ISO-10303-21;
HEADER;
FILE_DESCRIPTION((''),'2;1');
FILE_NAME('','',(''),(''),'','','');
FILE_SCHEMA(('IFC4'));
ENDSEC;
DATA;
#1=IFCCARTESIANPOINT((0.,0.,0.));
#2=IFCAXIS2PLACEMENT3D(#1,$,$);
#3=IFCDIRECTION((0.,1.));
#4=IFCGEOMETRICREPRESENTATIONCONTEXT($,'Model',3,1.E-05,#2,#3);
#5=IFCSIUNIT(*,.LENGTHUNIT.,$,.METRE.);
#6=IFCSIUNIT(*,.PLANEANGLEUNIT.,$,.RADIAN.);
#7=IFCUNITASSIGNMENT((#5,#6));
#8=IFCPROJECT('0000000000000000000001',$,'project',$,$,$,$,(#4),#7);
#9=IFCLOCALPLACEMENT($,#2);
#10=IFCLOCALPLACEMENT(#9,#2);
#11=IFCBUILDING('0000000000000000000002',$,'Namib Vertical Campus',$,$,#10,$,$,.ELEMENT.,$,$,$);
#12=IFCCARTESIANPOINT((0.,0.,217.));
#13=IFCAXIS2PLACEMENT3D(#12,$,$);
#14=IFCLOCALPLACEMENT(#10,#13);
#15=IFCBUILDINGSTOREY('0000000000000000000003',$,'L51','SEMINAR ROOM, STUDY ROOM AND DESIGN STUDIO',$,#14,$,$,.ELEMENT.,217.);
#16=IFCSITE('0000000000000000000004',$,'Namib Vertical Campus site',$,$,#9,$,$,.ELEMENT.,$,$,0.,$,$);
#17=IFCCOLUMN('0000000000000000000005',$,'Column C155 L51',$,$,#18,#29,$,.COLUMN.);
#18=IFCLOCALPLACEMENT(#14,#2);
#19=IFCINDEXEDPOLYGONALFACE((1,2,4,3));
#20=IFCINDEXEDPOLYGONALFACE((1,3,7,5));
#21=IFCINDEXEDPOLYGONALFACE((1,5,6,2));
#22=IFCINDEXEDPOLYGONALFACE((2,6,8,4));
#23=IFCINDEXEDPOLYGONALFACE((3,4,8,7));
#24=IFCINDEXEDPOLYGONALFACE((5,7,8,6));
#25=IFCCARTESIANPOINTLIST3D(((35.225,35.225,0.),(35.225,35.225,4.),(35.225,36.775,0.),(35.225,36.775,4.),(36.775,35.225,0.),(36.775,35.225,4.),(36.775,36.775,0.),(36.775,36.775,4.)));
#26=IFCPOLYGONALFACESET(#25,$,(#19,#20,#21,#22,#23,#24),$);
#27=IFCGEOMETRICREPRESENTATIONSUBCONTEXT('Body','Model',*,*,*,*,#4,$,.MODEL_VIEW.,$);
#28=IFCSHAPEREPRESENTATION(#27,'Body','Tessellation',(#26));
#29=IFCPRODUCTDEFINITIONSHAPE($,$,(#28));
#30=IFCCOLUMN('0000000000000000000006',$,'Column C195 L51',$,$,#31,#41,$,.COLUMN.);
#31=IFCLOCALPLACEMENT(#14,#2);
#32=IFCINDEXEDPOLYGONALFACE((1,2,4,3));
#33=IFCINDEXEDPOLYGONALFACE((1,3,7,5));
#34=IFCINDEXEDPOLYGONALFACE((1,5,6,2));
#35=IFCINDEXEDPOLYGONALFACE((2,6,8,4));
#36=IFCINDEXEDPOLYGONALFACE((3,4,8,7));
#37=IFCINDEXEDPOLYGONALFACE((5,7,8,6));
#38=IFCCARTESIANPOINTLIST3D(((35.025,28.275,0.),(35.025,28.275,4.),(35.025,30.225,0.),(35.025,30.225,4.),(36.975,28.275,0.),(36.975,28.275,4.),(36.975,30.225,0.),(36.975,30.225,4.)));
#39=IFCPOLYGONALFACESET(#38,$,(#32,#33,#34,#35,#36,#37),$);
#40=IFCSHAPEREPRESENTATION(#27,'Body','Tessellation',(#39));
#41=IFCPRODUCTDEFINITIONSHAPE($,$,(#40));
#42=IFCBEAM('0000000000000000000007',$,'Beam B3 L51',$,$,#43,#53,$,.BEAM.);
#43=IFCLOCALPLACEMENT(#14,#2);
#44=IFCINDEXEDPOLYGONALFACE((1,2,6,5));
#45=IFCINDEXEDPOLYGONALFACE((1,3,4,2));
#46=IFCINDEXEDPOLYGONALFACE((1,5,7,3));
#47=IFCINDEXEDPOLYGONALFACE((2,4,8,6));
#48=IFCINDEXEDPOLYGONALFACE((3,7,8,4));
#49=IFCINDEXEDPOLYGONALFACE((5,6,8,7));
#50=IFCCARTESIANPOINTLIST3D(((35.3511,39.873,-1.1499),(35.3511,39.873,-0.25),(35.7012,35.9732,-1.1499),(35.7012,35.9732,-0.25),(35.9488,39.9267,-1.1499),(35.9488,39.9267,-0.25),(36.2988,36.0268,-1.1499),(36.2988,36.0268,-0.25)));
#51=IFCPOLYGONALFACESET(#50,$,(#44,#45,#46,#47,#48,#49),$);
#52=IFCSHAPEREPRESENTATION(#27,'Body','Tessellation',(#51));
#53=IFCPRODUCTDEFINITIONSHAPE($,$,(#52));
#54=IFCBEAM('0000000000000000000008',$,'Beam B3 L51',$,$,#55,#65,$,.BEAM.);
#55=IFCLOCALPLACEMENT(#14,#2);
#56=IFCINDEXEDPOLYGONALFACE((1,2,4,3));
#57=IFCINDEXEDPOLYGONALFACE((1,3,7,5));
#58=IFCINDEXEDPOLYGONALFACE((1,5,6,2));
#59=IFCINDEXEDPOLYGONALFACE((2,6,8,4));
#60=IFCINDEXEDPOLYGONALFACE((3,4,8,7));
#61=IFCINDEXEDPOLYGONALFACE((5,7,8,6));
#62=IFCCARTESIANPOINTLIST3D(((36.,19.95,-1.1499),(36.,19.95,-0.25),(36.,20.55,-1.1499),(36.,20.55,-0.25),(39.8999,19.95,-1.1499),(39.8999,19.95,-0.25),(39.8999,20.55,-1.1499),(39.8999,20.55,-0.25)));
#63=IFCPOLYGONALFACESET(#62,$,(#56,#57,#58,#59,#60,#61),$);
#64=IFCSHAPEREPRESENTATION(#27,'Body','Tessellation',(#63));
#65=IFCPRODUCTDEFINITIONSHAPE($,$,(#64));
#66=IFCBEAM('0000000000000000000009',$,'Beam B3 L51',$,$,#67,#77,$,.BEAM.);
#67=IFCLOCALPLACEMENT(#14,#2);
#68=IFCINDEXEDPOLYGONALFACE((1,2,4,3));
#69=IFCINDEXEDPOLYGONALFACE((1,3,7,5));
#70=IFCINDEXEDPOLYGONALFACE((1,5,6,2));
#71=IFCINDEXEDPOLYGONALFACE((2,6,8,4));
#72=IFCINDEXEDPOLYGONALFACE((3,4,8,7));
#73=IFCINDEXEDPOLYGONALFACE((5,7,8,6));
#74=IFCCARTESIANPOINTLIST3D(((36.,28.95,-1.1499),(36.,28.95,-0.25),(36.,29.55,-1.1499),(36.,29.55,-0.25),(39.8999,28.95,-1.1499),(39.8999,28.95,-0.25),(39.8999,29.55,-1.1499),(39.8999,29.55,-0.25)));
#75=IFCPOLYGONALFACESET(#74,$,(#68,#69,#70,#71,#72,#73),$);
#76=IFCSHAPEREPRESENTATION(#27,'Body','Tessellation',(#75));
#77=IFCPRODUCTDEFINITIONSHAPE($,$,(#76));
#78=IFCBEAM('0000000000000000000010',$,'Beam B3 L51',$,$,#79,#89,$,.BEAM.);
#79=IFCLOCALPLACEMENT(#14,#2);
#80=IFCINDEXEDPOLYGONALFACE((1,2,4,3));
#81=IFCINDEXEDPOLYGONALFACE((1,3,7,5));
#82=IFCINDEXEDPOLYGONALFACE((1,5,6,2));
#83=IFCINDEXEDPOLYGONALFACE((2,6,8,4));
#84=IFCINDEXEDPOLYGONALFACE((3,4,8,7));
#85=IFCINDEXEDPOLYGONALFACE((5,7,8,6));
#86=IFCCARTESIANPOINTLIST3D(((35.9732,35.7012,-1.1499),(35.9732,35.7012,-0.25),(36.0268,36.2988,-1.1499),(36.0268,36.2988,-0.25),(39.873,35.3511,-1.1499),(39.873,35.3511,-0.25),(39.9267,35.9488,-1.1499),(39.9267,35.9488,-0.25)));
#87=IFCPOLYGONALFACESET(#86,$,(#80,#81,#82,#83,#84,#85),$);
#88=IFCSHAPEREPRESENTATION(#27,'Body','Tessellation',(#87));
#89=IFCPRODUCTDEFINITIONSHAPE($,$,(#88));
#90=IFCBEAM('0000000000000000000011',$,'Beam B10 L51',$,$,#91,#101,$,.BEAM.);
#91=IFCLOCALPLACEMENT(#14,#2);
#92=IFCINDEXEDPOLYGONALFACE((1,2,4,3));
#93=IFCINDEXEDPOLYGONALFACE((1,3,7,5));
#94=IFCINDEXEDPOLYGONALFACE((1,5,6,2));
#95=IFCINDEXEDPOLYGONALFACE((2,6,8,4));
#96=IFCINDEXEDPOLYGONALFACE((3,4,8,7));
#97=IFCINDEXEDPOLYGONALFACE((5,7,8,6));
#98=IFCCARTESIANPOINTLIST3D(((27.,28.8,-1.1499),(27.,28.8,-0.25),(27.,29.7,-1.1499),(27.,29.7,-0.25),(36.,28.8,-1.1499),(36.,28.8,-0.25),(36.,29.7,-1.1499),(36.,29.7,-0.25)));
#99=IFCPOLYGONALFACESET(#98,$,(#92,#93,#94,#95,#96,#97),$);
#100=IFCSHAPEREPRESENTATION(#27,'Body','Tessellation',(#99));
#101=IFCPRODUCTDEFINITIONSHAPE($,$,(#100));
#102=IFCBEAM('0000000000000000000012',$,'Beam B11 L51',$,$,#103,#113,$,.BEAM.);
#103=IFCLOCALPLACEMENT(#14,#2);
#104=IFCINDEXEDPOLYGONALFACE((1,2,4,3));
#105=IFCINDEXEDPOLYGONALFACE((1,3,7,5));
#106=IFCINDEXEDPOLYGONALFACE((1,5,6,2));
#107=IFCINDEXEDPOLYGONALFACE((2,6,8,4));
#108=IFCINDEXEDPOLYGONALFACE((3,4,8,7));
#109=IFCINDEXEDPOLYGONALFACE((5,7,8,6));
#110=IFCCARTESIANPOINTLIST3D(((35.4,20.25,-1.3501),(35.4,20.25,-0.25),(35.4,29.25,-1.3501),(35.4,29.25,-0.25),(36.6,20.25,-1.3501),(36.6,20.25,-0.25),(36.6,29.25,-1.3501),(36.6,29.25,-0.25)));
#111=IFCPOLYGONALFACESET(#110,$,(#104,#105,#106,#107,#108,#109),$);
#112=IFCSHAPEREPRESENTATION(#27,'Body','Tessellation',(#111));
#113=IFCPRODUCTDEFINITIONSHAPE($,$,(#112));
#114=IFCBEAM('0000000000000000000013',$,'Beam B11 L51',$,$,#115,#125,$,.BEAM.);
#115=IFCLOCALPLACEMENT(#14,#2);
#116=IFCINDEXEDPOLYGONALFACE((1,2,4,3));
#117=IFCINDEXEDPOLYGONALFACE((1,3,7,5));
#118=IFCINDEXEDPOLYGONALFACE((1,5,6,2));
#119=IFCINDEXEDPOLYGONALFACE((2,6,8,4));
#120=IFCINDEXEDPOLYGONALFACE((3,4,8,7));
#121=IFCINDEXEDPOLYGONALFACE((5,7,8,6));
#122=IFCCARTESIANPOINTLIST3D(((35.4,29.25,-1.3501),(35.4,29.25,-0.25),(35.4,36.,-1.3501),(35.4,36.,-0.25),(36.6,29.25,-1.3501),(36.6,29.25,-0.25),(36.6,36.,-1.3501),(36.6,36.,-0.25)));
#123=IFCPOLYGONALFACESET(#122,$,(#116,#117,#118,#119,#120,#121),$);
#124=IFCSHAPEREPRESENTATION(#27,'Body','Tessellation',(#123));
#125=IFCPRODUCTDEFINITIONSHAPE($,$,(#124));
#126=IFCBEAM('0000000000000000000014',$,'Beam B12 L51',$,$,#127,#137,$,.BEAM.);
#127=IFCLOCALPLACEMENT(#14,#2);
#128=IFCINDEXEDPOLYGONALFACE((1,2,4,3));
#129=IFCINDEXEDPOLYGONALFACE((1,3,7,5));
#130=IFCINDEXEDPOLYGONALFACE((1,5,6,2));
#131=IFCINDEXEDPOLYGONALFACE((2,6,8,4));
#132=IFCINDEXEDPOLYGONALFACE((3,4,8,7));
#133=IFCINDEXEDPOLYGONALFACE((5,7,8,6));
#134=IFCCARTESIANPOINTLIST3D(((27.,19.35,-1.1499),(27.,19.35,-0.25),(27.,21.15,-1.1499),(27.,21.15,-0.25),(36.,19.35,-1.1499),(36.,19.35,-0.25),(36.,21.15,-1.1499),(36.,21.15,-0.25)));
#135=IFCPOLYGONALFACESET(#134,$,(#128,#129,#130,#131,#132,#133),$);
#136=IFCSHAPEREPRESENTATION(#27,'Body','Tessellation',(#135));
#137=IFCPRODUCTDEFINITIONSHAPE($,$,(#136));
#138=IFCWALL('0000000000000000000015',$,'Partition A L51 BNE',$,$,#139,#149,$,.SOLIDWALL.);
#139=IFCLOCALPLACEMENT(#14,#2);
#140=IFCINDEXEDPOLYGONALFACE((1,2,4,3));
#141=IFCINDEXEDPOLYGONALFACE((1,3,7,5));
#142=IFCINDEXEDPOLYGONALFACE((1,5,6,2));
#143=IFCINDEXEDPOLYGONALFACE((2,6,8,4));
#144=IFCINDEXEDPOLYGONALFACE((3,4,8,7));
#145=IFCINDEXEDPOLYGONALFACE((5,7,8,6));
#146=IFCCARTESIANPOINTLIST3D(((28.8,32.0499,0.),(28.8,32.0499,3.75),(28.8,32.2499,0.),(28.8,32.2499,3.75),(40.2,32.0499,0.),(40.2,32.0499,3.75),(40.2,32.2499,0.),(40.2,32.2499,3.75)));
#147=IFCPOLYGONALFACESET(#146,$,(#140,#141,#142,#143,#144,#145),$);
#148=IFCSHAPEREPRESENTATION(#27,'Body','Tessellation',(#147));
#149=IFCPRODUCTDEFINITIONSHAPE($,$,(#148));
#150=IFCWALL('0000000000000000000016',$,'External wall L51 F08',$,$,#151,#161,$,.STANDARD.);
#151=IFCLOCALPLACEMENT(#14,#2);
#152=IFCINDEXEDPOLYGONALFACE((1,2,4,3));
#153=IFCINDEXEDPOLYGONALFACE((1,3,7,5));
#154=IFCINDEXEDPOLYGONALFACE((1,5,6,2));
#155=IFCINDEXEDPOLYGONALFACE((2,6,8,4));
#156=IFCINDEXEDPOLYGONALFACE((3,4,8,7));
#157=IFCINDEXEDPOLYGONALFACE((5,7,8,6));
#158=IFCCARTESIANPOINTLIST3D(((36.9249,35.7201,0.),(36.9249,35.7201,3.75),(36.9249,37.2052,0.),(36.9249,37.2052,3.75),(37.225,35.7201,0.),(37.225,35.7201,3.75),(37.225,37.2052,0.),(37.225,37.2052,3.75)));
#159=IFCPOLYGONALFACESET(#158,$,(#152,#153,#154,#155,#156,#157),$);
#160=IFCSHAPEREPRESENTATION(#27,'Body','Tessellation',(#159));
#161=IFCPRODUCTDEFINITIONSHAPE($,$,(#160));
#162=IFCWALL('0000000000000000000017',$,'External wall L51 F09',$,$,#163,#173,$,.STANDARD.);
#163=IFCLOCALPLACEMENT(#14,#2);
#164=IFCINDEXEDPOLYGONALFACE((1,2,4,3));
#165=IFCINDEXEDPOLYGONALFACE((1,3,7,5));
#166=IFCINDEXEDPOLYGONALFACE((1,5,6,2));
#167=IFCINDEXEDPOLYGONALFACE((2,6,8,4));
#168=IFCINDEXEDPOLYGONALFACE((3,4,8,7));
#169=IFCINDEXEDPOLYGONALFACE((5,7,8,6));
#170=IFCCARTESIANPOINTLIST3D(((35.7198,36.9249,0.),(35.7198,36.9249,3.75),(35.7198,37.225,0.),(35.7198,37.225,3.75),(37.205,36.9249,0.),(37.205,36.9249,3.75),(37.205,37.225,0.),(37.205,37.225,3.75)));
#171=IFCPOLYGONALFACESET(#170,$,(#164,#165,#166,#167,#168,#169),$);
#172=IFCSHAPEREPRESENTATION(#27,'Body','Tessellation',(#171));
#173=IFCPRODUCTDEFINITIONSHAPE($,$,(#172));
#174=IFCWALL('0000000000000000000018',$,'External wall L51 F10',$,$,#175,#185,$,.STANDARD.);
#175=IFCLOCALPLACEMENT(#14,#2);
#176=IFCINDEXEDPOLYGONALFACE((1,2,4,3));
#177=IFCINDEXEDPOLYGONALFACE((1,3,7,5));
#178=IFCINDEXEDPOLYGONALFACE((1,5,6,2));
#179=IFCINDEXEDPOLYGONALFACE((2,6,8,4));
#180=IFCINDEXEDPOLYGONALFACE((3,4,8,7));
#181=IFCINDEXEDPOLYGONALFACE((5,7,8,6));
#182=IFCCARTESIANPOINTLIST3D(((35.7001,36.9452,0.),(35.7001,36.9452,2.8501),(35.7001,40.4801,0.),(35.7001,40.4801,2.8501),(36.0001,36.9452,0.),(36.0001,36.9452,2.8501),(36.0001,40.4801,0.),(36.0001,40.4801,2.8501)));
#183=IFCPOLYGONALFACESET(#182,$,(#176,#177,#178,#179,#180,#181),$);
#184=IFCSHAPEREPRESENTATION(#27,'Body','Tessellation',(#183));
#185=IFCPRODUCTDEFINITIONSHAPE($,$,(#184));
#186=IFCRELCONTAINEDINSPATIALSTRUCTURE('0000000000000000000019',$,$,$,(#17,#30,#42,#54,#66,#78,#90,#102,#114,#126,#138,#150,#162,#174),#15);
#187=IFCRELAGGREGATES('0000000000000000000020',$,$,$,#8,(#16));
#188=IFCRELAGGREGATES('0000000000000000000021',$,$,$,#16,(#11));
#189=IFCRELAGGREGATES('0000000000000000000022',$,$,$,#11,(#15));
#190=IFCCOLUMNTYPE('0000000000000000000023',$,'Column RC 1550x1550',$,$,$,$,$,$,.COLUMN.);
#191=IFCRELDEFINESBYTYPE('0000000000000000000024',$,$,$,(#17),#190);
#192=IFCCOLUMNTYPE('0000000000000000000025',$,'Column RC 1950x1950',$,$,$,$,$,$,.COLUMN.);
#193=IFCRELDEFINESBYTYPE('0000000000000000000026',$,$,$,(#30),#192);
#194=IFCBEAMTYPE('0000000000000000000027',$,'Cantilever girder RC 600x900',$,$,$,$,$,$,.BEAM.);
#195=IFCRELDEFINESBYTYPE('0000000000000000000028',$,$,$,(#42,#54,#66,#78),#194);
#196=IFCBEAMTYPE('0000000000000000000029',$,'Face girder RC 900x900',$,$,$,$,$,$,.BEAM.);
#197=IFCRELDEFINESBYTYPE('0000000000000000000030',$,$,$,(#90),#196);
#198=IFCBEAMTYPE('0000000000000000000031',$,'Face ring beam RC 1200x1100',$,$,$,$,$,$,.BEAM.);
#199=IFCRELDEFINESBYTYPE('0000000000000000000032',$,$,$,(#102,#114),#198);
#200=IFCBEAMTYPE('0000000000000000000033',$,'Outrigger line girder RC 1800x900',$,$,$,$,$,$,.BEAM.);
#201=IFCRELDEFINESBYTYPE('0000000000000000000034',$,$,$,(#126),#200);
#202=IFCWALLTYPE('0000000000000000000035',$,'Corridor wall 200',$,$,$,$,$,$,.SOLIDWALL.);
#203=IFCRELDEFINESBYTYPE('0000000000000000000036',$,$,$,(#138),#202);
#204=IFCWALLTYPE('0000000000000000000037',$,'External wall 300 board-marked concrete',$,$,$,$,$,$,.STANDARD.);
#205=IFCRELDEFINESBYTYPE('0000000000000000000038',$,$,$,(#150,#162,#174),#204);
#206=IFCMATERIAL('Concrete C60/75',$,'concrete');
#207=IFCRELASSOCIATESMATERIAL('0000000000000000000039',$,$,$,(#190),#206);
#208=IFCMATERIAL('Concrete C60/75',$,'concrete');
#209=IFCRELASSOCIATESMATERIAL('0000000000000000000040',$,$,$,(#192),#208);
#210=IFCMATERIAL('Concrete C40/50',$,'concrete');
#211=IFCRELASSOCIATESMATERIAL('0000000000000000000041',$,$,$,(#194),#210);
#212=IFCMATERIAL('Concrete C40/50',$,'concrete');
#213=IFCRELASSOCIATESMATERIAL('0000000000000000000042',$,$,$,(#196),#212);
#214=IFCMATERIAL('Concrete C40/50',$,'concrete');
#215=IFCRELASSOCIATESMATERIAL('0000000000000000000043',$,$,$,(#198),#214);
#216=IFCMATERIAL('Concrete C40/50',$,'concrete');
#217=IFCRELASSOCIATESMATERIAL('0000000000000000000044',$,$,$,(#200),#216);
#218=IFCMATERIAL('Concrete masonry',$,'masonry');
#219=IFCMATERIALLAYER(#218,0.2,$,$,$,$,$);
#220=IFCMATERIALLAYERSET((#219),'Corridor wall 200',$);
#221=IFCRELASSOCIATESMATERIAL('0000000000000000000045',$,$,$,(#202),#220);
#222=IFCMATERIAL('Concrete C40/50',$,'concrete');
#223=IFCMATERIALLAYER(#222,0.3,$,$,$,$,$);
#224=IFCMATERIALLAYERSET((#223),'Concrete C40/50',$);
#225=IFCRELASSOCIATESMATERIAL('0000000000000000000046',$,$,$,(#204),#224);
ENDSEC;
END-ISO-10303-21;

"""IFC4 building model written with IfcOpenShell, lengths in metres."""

from ifc_helpers import new_model, si_unit, direction, frame, frame_2d, origin, origin_2d, place, context, subcontext, project, spatial, rectangle, extrude, material, layer, layer_set, material_profile, profile_set, type_object, element, save


model = new_model("IFC4")

# Units and contexts
model_context = context("Model", 3, precision=1e-05, world=origin(), true_north=direction((0.0, 1.0)))
body_context = subcontext(model_context, "Body", "Model", "MODEL_VIEW")
ifc_project = project(units=[si_unit("LENGTHUNIT", "METRE"), si_unit("PLANEANGLEUNIT", "RADIAN")], contexts=[model_context])

# Site, building, storey
site_placement = place(None, origin())
site = spatial("IfcSite", under=ifc_project, at=site_placement, Name="Namib Vertical Campus site", CompositionType="ELEMENT", RefElevation=0.0)
building_placement = place(site_placement, origin())
building = spatial("IfcBuilding", under=site, at=building_placement, Name="Namib Vertical Campus", CompositionType="ELEMENT")
storey_placement = place(building_placement, frame((0.0, 0.0, 217.0)))
storey = spatial("IfcBuildingStorey", under=building, at=storey_placement, Name="L51", Description="SEMINAR ROOM, STUDY ROOM AND DESIGN STUDIO", CompositionType="ELEMENT", Elevation=217.0)

# Columns
ifc_material_1 = material(Name="Concrete C60/75", Category="concrete")
ifc_material_profile_1 = material_profile(ifc_material_1, rectangle(XDim=1.55, YDim=1.55, at=origin_2d()))
ifc_profile_set_1 = profile_set([ifc_material_profile_1], Name="Concrete C60/75")
column_type_1 = type_object("IfcColumnType", Name="Column RC 1550x1550", PredefinedType="COLUMN", material=ifc_profile_set_1)
column_1_placement = place(storey_placement, frame((36.0, 36.0, 0.0), z_axis=(0.0, 0.0, 1.0), x_axis=(1.0, 0.0, 0.0)))
element("IfcColumn", 1, at=column_1_placement, inside=storey, type_object=column_type_1, Name="Column C155 L51", PredefinedType="COLUMN", context=body_context, shape_type="SweptSolid", body=[
    extrude(rectangle(XDim=1.55, YDim=1.55, at=origin_2d()), origin(), (0.0, 0.0, 1.0), 4.0),
])
ifc_material_2 = material(Name="Concrete C60/75", Category="concrete")
ifc_material_profile_2 = material_profile(ifc_material_2, rectangle(XDim=1.95, YDim=1.95, at=origin_2d()))
ifc_profile_set_2 = profile_set([ifc_material_profile_2], Name="Concrete C60/75")
column_type_2 = type_object("IfcColumnType", Name="Column RC 1950x1950", PredefinedType="COLUMN", material=ifc_profile_set_2)
column_2_placement = place(storey_placement, frame((36.0, 29.25, 0.0), z_axis=(0.0, 0.0, 1.0), x_axis=(1.0, 0.0, 0.0)))
element("IfcColumn", 2, at=column_2_placement, inside=storey, type_object=column_type_2, Name="Column C195 L51", PredefinedType="COLUMN", context=body_context, shape_type="SweptSolid", body=[
    extrude(rectangle(XDim=1.95, YDim=1.95, at=origin_2d()), origin(), (0.0, 0.0, 1.0), 4.0),
])

# Beams
ifc_material_3 = material(Name="Concrete C40/50", Category="concrete")
ifc_material_profile_3 = material_profile(ifc_material_3, rectangle(XDim=0.6001, YDim=0.8999, at=origin_2d()))
ifc_profile_set_3 = profile_set([ifc_material_profile_3], Name="Concrete C40/50")
beam_type_1 = type_object("IfcBeamType", Name="Cantilever girder RC 600x900", PredefinedType="BEAM", material=ifc_profile_set_3)
beam_1_placement = place(storey_placement, frame((36.0, 36.0, -0.7), z_axis=(-0.089411, 0.995995, 0.0), x_axis=(-0.995995, -0.089411, 0.0)))
element("IfcBeam", 3, at=beam_1_placement, inside=storey, type_object=beam_type_1, Name="Beam B3 L51", PredefinedType="BEAM", context=body_context, shape_type="SweptSolid", body=[
    extrude(rectangle(XDim=0.6001, YDim=0.8999, at=origin_2d()), origin(), (0.0, 0.0, 1.0), 3.9155),
])
for number, where, z_axis, x_axis, name in (
    (4, (36.0, 20.25, -0.7), (1.0, 0.0, 0.0), (0.0, 1.0, 0.0), "Beam B3 L51"),
    (5, (36.0, 29.25, -0.7), (1.0, 0.0, 0.0), (0.0, 1.0, 0.0), "Beam B3 L51"),
):
    element("IfcBeam", number, at=place(storey_placement, frame(where, z_axis=z_axis, x_axis=x_axis)), inside=storey, type_object=beam_type_1, Name=name, PredefinedType="BEAM", context=body_context, shape_type="SweptSolid", body=[
        extrude(rectangle(XDim=0.6001, YDim=0.8999, at=origin_2d()), origin(), (0.0, 0.0, 1.0), 3.8999),
    ])
beam_2_placement = place(storey_placement, frame((36.0, 36.0, -0.7), z_axis=(0.995995, -0.089411, 0.0), x_axis=(0.089411, 0.995995, 0.0)))
element("IfcBeam", 6, at=beam_2_placement, inside=storey, type_object=beam_type_1, Name="Beam B3 L51", PredefinedType="BEAM", context=body_context, shape_type="SweptSolid", body=[
    extrude(rectangle(XDim=0.6001, YDim=0.8999, at=origin_2d()), origin(), (0.0, 0.0, 1.0), 3.9155),
])
ifc_material_4 = material(Name="Concrete C40/50", Category="concrete")
ifc_material_profile_4 = material_profile(ifc_material_4, rectangle(XDim=0.8999, YDim=0.8999, at=origin_2d()))
ifc_profile_set_4 = profile_set([ifc_material_profile_4], Name="Concrete C40/50")
beam_type_2 = type_object("IfcBeamType", Name="Face girder RC 900x900", PredefinedType="BEAM", material=ifc_profile_set_4)
beam_3_placement = place(storey_placement, frame((36.0, 29.25, -0.7), z_axis=(-1.0, 0.0, 0.0), x_axis=(0.0, -1.0, 0.0)))
element("IfcBeam", 7, at=beam_3_placement, inside=storey, type_object=beam_type_2, Name="Beam B10 L51", PredefinedType="BEAM", context=body_context, shape_type="SweptSolid", body=[
    extrude(rectangle(XDim=0.8999, YDim=0.8999, at=origin_2d()), origin(), (0.0, 0.0, 1.0), 9.0),
])
ifc_material_5 = material(Name="Concrete C40/50", Category="concrete")
ifc_material_profile_5 = material_profile(ifc_material_5, rectangle(XDim=1.2, YDim=1.1001, at=origin_2d()))
ifc_profile_set_5 = profile_set([ifc_material_profile_5], Name="Concrete C40/50")
beam_type_3 = type_object("IfcBeamType", Name="Face ring beam RC 1200x1100", PredefinedType="BEAM", material=ifc_profile_set_5)
beam_4_placement = place(storey_placement, frame((36.0, 20.25, -0.8), z_axis=(0.0, 1.0, 0.0), x_axis=(-1.0, 0.0, 0.0)))
element("IfcBeam", 8, at=beam_4_placement, inside=storey, type_object=beam_type_3, Name="Beam B11 L51", PredefinedType="BEAM", context=body_context, shape_type="SweptSolid", body=[
    extrude(rectangle(XDim=1.2, YDim=1.1001, at=origin_2d()), origin(), (0.0, 0.0, 1.0), 9.0),
])
beam_5_placement = place(storey_placement, frame((36.0, 29.25, -0.8), z_axis=(0.0, 1.0, 0.0), x_axis=(-1.0, 0.0, 0.0)))
element("IfcBeam", 9, at=beam_5_placement, inside=storey, type_object=beam_type_3, Name="Beam B11 L51", PredefinedType="BEAM", context=body_context, shape_type="SweptSolid", body=[
    extrude(rectangle(XDim=1.2, YDim=1.1001, at=origin_2d()), origin(), (0.0, 0.0, 1.0), 6.75),
])
ifc_material_6 = material(Name="Concrete C40/50", Category="concrete")
ifc_material_profile_6 = material_profile(ifc_material_6, rectangle(XDim=1.8, YDim=0.8999, at=origin_2d()))
ifc_profile_set_6 = profile_set([ifc_material_profile_6], Name="Concrete C40/50")
beam_type_4 = type_object("IfcBeamType", Name="Outrigger line girder RC 1800x900", PredefinedType="BEAM", material=ifc_profile_set_6)
beam_6_placement = place(storey_placement, frame((36.0, 20.25, -0.7), z_axis=(-1.0, 0.0, 0.0), x_axis=(0.0, -1.0, 0.0)))
element("IfcBeam", 10, at=beam_6_placement, inside=storey, type_object=beam_type_4, Name="Beam B12 L51", PredefinedType="BEAM", context=body_context, shape_type="SweptSolid", body=[
    extrude(rectangle(XDim=1.8, YDim=0.8999, at=origin_2d()), origin(), (0.0, 0.0, 1.0), 9.0),
])

# Walls
ifc_material_7 = material(Name="Concrete masonry", Category="masonry")
ifc_layer_1 = layer(ifc_material_7, 0.2)
ifc_layer_set_1 = layer_set([ifc_layer_1], Name="Corridor wall 200")
wall_type_1 = type_object("IfcWallType", Name="Corridor wall 200", PredefinedType="SOLIDWALL", material=ifc_layer_set_1)
wall_1_placement = place(storey_placement, frame((28.8, 32.1499, 0.0), z_axis=(0.0, 0.0, 1.0), x_axis=(1.0, 0.0, 0.0)))
element("IfcWall", 11, at=wall_1_placement, inside=storey, type_object=wall_type_1, Name="Partition A L51 BNE", PredefinedType="SOLIDWALL", context=body_context, shape_type="SweptSolid", body=[
    extrude(rectangle(XDim=11.3999, YDim=0.2, at=frame_2d((5.7, 0.0))), origin(), (0.0, 0.0, 1.0), 3.75),
])
ifc_material_8 = material(Name="Concrete C40/50", Category="concrete")
ifc_layer_2 = layer(ifc_material_8, 0.3)
ifc_layer_set_2 = layer_set([ifc_layer_2], Name="Concrete C40/50")
wall_type_2 = type_object("IfcWallType", Name="External wall 300 board-marked concrete", PredefinedType="STANDARD", material=ifc_layer_set_2)
for number, where, z_axis, x_axis, name in (
    (12, (37.075, 35.72, 0.0), (0.0, 0.0, 1.0), (0.0, 1.0, 0.0), "External wall L51 F08"),
    (13, (37.2051, 37.075, 0.0), (0.0, 0.0, 1.0), (-1.0, 0.0, 0.0), "External wall L51 F09"),
):
    element("IfcWall", number, at=place(storey_placement, frame(where, z_axis=z_axis, x_axis=x_axis)), inside=storey, type_object=wall_type_2, Name=name, PredefinedType="STANDARD", context=body_context, shape_type="SweptSolid", body=[
        extrude(rectangle(XDim=1.4851, YDim=0.3, at=frame_2d((0.7427, 0.0))), origin(), (0.0, 0.0, 1.0), 3.75),
    ])
wall_2_placement = place(storey_placement, frame((35.8501, 36.9451, 0.0), z_axis=(0.0, 0.0, 1.0), x_axis=(0.0, 1.0, 0.0)))
element("IfcWall", 14, at=wall_2_placement, inside=storey, type_object=wall_type_2, Name="External wall L51 F10", PredefinedType="STANDARD", context=body_context, shape_type="SweptSolid", body=[
    extrude(rectangle(XDim=3.5349, YDim=0.3, at=frame_2d((1.7676, 0.0))), origin(), (0.0, 0.0, 1.0), 2.8501),
])

save(model, "model.ifc")
